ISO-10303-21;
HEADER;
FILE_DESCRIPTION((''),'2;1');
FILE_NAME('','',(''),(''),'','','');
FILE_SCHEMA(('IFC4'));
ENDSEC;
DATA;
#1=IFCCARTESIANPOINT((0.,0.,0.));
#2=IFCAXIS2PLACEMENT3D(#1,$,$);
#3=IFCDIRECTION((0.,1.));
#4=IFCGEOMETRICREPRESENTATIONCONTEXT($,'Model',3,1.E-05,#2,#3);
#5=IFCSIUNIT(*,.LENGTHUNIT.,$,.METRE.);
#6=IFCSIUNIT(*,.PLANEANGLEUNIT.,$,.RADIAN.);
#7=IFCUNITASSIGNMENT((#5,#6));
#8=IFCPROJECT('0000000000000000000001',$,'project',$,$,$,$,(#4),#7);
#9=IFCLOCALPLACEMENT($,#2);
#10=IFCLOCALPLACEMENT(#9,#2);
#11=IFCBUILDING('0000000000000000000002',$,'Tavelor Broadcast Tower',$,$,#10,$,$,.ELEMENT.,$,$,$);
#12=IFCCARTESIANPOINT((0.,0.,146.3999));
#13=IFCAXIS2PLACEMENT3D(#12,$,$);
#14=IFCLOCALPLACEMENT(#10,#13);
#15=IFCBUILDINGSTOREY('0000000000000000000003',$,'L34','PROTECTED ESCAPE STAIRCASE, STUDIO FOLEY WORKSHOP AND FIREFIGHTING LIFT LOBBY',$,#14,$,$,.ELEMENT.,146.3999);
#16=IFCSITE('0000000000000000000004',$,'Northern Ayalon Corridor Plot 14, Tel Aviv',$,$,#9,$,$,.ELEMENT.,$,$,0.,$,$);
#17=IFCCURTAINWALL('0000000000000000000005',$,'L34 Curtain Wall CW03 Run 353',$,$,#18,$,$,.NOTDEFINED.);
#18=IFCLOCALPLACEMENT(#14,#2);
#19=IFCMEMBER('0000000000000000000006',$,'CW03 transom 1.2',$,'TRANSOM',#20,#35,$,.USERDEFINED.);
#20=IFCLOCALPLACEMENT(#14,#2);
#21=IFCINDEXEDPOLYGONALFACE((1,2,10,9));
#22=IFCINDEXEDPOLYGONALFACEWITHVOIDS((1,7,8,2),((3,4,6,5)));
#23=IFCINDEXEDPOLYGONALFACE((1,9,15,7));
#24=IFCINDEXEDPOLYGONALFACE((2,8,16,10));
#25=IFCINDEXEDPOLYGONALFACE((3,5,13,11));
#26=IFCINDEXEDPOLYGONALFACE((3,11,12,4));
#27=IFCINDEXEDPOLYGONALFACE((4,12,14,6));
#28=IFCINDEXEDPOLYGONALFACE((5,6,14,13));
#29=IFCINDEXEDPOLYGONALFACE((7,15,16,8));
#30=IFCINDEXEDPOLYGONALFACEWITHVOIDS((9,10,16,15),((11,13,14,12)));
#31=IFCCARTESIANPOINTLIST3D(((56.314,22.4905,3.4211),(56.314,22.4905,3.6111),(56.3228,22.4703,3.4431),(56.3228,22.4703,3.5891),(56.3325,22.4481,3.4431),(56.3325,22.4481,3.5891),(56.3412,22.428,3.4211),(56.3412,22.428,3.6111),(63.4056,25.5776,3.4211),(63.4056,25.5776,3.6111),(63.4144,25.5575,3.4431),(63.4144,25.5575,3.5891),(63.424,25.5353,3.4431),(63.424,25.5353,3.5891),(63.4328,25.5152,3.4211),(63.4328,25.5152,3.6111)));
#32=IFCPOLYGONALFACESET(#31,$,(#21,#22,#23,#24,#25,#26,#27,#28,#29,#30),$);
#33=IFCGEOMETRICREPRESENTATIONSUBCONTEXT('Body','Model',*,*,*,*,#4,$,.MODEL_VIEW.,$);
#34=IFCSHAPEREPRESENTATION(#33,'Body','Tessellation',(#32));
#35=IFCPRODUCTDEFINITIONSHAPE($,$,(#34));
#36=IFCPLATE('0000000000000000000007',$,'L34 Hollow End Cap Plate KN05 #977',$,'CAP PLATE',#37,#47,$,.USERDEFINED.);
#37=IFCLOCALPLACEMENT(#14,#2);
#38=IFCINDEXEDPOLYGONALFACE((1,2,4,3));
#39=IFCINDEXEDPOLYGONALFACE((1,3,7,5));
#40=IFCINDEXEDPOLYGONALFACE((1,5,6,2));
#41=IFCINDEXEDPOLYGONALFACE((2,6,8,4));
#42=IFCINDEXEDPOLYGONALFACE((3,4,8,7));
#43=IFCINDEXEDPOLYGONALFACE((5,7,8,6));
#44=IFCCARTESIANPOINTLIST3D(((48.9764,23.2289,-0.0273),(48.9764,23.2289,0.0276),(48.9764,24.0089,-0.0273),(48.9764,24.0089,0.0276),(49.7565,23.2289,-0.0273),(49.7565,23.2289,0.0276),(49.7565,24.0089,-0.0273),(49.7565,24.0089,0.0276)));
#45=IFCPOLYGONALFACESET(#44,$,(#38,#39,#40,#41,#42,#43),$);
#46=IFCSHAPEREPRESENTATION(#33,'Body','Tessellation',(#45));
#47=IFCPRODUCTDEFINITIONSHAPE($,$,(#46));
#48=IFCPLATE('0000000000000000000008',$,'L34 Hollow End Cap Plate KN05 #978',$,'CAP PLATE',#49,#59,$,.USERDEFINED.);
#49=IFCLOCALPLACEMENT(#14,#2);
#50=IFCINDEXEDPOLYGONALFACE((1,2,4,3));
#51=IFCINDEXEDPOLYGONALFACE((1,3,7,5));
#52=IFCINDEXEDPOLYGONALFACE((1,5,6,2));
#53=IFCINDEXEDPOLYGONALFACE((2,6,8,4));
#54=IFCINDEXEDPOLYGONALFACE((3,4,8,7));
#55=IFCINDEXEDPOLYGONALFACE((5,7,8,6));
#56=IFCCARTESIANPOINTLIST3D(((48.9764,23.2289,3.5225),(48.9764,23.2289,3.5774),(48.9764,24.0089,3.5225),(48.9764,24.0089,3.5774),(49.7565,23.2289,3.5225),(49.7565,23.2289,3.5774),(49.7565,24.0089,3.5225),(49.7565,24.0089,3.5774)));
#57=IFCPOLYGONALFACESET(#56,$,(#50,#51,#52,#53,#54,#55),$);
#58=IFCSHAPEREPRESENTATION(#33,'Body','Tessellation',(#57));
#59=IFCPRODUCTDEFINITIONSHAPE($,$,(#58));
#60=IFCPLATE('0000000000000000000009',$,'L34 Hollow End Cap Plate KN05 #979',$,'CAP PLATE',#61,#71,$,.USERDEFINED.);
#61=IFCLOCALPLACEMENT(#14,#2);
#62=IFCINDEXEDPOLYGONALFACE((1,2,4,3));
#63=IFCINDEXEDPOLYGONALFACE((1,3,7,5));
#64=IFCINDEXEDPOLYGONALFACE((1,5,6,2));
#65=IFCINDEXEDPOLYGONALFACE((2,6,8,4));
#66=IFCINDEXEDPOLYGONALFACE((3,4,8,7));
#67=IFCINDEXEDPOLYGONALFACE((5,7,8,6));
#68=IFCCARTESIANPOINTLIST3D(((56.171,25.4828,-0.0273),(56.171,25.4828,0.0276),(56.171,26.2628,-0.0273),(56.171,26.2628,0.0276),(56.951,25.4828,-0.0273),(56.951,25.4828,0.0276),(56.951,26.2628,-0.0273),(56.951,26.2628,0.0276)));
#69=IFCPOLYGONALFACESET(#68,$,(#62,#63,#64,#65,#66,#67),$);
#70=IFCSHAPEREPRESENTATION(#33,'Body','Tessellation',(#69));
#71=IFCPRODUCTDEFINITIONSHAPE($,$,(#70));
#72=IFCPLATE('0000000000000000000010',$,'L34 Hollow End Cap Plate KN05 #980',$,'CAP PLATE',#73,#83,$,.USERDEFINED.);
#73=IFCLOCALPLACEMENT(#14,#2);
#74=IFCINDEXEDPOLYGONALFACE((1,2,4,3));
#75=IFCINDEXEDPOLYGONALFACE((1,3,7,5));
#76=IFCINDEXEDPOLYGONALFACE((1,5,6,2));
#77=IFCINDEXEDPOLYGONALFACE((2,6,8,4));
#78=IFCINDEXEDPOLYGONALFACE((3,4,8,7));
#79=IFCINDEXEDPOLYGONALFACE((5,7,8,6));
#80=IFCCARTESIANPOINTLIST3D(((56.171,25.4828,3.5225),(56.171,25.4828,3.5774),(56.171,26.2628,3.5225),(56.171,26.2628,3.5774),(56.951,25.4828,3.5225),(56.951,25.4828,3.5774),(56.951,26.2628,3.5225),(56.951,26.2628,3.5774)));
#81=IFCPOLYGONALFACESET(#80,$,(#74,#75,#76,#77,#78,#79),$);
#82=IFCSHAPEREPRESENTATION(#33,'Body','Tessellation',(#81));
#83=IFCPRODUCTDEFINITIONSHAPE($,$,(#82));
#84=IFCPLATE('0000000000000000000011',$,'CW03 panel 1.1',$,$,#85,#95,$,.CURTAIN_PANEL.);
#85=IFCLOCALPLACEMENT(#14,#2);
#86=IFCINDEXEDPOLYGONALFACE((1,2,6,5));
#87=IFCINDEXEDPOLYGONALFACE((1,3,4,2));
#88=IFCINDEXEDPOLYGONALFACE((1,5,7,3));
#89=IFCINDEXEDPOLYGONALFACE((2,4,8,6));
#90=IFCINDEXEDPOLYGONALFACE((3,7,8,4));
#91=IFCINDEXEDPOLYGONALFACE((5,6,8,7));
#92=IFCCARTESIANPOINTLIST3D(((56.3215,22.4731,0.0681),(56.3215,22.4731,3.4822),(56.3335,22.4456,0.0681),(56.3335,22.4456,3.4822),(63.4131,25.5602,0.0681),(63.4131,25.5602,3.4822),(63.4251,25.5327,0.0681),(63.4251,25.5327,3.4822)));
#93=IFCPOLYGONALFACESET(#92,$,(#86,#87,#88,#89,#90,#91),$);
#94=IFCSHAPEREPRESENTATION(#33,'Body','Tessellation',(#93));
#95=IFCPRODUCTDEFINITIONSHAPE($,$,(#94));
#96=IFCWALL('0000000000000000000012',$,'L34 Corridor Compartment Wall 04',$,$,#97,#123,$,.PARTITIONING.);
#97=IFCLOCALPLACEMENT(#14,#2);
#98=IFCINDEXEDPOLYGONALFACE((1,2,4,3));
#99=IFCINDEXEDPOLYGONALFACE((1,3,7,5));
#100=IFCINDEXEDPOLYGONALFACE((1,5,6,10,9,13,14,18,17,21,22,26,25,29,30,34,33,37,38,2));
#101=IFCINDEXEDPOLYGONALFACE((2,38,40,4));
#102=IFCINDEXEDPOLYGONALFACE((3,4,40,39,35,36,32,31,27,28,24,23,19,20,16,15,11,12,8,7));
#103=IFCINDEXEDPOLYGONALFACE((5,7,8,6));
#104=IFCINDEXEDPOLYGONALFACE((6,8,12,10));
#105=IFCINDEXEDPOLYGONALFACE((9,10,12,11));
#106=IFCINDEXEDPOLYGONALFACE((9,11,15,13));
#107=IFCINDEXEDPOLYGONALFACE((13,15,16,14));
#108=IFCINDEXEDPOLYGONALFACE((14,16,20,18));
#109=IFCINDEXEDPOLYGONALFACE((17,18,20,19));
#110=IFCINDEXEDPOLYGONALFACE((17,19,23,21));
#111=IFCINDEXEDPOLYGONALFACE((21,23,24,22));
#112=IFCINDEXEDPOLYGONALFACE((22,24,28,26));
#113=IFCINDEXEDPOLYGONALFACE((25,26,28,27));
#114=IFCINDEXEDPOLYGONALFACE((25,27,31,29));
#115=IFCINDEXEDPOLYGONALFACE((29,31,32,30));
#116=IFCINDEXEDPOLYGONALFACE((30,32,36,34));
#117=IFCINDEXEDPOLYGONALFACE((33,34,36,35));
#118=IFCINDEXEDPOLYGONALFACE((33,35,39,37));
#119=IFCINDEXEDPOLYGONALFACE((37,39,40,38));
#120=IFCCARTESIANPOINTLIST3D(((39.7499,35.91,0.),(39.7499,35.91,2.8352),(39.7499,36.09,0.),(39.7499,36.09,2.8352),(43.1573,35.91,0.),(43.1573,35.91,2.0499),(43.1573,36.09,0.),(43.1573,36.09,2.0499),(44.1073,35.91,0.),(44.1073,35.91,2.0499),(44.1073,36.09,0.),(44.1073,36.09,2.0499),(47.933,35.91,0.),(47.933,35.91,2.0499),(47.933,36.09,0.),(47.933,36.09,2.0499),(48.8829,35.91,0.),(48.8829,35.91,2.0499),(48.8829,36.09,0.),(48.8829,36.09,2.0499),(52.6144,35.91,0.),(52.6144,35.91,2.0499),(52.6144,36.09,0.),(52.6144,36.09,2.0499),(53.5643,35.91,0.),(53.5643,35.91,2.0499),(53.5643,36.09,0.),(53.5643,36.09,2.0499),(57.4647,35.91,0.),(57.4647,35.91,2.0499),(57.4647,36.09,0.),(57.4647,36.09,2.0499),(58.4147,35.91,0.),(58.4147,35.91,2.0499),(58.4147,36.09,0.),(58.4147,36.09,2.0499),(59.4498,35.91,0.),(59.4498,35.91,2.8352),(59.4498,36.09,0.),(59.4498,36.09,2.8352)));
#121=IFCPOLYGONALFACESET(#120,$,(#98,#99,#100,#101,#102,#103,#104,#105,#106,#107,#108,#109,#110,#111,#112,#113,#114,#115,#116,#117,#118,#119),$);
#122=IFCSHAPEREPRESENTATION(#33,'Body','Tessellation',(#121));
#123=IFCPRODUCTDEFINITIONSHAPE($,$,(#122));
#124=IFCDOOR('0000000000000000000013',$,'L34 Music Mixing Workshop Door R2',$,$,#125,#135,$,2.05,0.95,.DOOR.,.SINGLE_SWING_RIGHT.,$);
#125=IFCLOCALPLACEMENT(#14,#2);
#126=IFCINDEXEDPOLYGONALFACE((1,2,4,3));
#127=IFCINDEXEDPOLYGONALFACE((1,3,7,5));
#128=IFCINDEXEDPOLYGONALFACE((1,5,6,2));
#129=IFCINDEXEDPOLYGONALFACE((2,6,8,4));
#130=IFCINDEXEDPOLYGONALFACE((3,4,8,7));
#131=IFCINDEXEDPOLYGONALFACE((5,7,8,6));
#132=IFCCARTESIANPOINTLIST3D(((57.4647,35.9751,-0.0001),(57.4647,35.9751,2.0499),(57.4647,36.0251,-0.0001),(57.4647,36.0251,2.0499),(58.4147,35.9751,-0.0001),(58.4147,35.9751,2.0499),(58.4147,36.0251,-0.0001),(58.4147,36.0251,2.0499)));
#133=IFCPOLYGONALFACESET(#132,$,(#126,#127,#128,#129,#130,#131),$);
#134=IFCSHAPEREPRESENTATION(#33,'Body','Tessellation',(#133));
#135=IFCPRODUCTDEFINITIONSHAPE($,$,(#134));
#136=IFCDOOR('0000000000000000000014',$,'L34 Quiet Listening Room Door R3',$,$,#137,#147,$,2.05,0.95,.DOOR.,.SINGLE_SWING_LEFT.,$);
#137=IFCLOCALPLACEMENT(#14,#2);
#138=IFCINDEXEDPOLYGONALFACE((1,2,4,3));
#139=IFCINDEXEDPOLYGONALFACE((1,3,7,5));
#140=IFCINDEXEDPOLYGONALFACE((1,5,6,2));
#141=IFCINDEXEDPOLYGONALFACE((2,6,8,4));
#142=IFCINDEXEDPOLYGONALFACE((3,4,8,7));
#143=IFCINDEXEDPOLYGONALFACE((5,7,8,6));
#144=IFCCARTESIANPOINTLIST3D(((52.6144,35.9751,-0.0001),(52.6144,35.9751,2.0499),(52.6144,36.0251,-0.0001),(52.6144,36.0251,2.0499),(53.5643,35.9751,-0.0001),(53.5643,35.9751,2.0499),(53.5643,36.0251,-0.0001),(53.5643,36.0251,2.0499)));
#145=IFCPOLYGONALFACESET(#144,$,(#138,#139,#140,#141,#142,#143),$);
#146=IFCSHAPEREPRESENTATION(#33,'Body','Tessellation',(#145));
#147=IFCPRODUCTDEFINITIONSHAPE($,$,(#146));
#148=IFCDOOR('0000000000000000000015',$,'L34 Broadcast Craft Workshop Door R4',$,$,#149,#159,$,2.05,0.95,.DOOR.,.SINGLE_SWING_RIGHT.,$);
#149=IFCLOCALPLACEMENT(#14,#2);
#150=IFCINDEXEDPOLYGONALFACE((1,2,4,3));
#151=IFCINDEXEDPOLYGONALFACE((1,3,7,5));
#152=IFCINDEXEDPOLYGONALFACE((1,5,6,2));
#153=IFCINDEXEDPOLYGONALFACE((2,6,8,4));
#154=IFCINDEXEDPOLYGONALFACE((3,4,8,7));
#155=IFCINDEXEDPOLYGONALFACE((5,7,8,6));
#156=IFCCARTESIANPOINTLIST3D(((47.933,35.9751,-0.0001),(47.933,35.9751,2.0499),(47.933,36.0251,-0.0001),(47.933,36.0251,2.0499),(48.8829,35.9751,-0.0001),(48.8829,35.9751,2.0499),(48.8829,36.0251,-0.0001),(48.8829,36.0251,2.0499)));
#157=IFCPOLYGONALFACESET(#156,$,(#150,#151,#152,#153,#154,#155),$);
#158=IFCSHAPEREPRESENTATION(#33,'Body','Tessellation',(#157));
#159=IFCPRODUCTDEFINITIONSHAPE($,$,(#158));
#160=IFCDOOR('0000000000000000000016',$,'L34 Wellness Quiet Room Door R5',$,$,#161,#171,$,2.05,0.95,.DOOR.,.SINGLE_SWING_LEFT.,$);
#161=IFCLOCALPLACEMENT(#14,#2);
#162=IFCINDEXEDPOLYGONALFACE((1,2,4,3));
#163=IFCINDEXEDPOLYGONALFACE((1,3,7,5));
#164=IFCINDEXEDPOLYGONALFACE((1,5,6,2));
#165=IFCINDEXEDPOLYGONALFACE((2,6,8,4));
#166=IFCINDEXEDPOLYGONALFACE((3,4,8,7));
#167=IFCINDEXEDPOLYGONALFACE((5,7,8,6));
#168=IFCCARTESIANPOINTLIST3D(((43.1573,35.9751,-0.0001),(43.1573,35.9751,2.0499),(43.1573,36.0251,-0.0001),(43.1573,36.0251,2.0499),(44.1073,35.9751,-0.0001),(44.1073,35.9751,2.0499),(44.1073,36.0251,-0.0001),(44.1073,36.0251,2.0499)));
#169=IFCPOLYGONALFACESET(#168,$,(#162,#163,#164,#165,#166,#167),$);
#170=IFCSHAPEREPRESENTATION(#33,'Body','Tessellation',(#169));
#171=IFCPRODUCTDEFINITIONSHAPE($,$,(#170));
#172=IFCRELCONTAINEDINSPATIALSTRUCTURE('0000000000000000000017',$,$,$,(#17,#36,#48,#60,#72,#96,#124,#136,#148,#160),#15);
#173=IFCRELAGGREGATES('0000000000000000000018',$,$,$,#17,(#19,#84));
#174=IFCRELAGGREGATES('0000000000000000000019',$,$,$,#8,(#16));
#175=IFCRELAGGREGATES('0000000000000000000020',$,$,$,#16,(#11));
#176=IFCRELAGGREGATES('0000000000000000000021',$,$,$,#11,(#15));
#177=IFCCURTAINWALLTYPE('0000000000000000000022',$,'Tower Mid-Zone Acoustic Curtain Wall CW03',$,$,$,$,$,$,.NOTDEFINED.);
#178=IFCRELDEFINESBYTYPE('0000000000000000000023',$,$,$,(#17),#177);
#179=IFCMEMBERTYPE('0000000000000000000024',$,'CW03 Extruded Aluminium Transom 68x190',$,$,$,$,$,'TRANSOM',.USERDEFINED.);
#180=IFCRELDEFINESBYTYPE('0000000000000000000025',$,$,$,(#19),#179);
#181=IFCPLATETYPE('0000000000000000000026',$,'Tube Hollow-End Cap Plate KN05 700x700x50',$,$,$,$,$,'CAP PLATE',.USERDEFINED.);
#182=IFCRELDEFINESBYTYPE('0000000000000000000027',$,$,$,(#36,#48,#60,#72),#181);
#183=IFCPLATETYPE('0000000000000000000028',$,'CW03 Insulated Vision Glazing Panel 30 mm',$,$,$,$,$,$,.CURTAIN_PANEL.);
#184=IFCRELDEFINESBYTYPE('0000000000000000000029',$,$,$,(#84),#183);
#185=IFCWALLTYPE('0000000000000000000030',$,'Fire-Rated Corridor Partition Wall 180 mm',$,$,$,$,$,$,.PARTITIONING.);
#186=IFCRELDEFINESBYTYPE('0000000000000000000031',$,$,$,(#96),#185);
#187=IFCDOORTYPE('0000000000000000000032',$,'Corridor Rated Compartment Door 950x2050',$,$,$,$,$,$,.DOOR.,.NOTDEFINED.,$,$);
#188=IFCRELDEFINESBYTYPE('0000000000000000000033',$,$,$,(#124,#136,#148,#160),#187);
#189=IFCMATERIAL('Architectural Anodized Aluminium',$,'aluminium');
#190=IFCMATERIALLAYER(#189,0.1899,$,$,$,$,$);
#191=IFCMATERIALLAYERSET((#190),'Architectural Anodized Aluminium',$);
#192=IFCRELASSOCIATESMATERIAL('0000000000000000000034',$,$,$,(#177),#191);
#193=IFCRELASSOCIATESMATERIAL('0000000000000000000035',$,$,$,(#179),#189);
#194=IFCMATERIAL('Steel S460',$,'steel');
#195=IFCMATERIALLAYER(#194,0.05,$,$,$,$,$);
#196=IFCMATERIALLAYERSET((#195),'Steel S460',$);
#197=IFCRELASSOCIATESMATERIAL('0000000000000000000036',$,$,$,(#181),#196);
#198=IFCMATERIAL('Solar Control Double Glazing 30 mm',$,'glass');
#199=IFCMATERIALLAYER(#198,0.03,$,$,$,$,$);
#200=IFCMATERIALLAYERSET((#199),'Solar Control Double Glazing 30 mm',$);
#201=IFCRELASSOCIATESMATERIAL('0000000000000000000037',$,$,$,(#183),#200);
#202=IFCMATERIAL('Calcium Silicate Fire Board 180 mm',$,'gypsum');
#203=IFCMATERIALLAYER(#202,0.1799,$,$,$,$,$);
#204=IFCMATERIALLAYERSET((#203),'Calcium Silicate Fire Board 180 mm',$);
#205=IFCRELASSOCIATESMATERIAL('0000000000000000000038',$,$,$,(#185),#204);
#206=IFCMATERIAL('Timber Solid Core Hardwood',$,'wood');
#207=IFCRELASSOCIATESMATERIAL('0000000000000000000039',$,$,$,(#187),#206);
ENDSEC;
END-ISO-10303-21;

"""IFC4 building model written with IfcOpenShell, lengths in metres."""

from ifc_helpers import new_model, si_unit, direction, frame, frame_2d, origin, origin_2d, place, context, subcontext, project, spatial, rectangle, hollow_rectangle, extrude, source, transform, mapped, material, layer, layer_set, material_profile, profile_set, type_object, type_shapes, element, fill, aggregate, save


model = new_model("IFC4")

# Units and contexts
model_context = context("Model", 3, precision=1e-05, world=origin(), true_north=direction((0.0, 1.0)))
body_context = subcontext(model_context, "Body", "Model", "MODEL_VIEW")
ifc_project = project(units=[si_unit("LENGTHUNIT", "METRE"), si_unit("PLANEANGLEUNIT", "RADIAN")], contexts=[model_context])

# Site, building, storey
site_placement = place(None, origin())
site = spatial("IfcSite", under=ifc_project, at=site_placement, Name="Northern Ayalon Corridor Plot 14, Tel Aviv", CompositionType="ELEMENT", RefElevation=0.0)
building_placement = place(site_placement, origin())
building = spatial("IfcBuilding", under=site, at=building_placement, Name="Tavelor Broadcast Tower", CompositionType="ELEMENT")
storey_placement = place(building_placement, frame((0.0, 0.0, 146.3999)))
storey = spatial("IfcBuildingStorey", under=building, at=storey_placement, Name="L34", Description="PROTECTED ESCAPE STAIRCASE, STUDIO FOLEY WORKSHOP AND FIREFIGHTING LIFT LOBBY", CompositionType="ELEMENT", Elevation=146.3999)

# Shared definitions
ifc_material_1 = material(Name="Steel S460", Category="steel")

# Curtain wall, member
ifc_material_2 = material(Name="Architectural Anodized Aluminium", Category="aluminium")
ifc_layer_1 = layer(ifc_material_2, 0.1899)
ifc_layer_set_1 = layer_set([ifc_layer_1], Name="Architectural Anodized Aluminium")
curtain_wall_type = type_object("IfcCurtainWallType", Name="Tower Mid-Zone Acoustic Curtain Wall CW03", PredefinedType="NOTDEFINED", material=ifc_layer_set_1)
curtain_wall_placement = place(storey_placement, origin())
curtain_wall = element("IfcCurtainWall", 1, at=curtain_wall_placement, inside=storey, type_object=curtain_wall_type, Name="L34 Curtain Wall CW03 Run 353", PredefinedType="NOTDEFINED")
ifc_material_profile_1 = material_profile(ifc_material_2, hollow_rectangle(XDim=0.0681, YDim=0.1899, WallThickness=0.022, at=origin_2d()), Name="RHS 68x190x22")
ifc_profile_set_1 = profile_set([ifc_material_profile_1], Name="Architectural Anodized Aluminium")
member_type_1 = type_object("IfcMemberType", Name="CW03 Extruded Aluminium Transom 68x190", ElementType="TRANSOM", PredefinedType="USERDEFINED", material=ifc_profile_set_1)
shared_shape_1 = source(origin(), body_context, "Body", "SweptSolid", [
    extrude(hollow_rectangle(XDim=0.0681, YDim=0.1899, WallThickness=0.022, at=origin_2d()), origin(), (0.0, 0.0, 1.0), 7.7344),
])
type_shapes(member_type_1, [shared_shape_1])
member_1_placement = place(storey_placement, frame((56.3276, 22.4592, 3.5161), z_axis=(0.916887, 0.399147, 0.0), x_axis=(-0.399147, 0.916887, 0.0)))
member_1 = element("IfcMember", 2, at=member_1_placement, type_object=member_type_1, Name="CW03 transom 1.2", ObjectType="TRANSOM", PredefinedType="USERDEFINED", context=body_context, shape_type="MappedRepresentation", body=[
    mapped(shared_shape_1, transform((0.0, 0.0, 0.0), scale=1.0)),
])

# Plates
ifc_layer_2 = layer(ifc_material_1, 0.05)
ifc_layer_set_2 = layer_set([ifc_layer_2], Name="Steel S460")
plate_type_1 = type_object("IfcPlateType", Name="Tube Hollow-End Cap Plate KN05 700x700x50", ElementType="CAP PLATE", PredefinedType="USERDEFINED", material=ifc_layer_set_2)
shared_shape_2 = source(origin(), body_context, "Body", "SweptSolid", [
    extrude(rectangle(XDim=0.78, YDim=0.78, at=origin_2d()), origin(), (0.0, 0.0, 1.0), 0.0549),
])
type_shapes(plate_type_1, [shared_shape_2])
for number, where, z_axis, x_axis, name in (
    (3, (49.3665, 23.6189, -0.0273), (0.0, 0.0, 1.0), (1.0, 0.0, 0.0), "L34 Hollow End Cap Plate KN05 #977"),
    (4, (49.3665, 23.6189, 3.5225), (0.0, 0.0, 1.0), (1.0, 0.0, 0.0), "L34 Hollow End Cap Plate KN05 #978"),
    (5, (56.561, 25.8728, -0.0273), (0.0, 0.0, 1.0), (1.0, 0.0, 0.0), "L34 Hollow End Cap Plate KN05 #979"),
    (6, (56.561, 25.8728, 3.5225), (0.0, 0.0, 1.0), (1.0, 0.0, 0.0), "L34 Hollow End Cap Plate KN05 #980"),
):
    element("IfcPlate", number, at=place(storey_placement, frame(where, z_axis=z_axis, x_axis=x_axis)), inside=storey, type_object=plate_type_1, Name=name, ObjectType="CAP PLATE", PredefinedType="USERDEFINED", context=body_context, shape_type="MappedRepresentation", body=[
        mapped(shared_shape_2, transform((0.0, 0.0, 0.0), scale=1.0)),
    ])

# Plate
ifc_material_3 = material(Name="Solar Control Double Glazing 30 mm", Category="glass")
ifc_layer_3 = layer(ifc_material_3, 0.03)
ifc_layer_set_3 = layer_set([ifc_layer_3], Name="Solar Control Double Glazing 30 mm")
plate_type_2 = type_object("IfcPlateType", Name="CW03 Insulated Vision Glazing Panel 30 mm", PredefinedType="CURTAIN_PANEL", material=ifc_layer_set_3)
shared_shape_3 = source(origin(), body_context, "Body", "SweptSolid", [
    extrude(rectangle(XDim=7.7344, YDim=0.03, at=origin_2d()), origin(), (0.0, 0.0, 1.0), 3.4141),
])
type_shapes(plate_type_2, [shared_shape_3])
plate_placement = place(storey_placement, frame((59.8733, 24.0029, 0.0681), z_axis=(0.0, 0.0, 1.0), x_axis=(0.91689, 0.39914, 0.0)))
plate = element("IfcPlate", 7, at=plate_placement, type_object=plate_type_2, Name="CW03 panel 1.1", PredefinedType="CURTAIN_PANEL", context=body_context, shape_type="MappedRepresentation", body=[
    mapped(shared_shape_3, transform((0.0, 0.0, 0.0), scale=1.0)),
])
aggregate(curtain_wall, [member_1, plate])

# Wall, openings, doors
ifc_material_4 = material(Name="Calcium Silicate Fire Board 180 mm", Category="gypsum")
ifc_layer_4 = layer(ifc_material_4, 0.1799)
ifc_layer_set_4 = layer_set([ifc_layer_4], Name="Calcium Silicate Fire Board 180 mm")
wall_type_1 = type_object("IfcWallType", Name="Fire-Rated Corridor Partition Wall 180 mm", PredefinedType="PARTITIONING", material=ifc_layer_set_4)
wall_1_placement = place(storey_placement, frame((59.45, 36.0, 0.0), z_axis=(0.0, 0.0, 1.0), x_axis=(-1.0, 0.0, 0.0)))
wall_1 = element("IfcWall", 8, at=wall_1_placement, inside=storey, type_object=wall_type_1, Name="L34 Corridor Compartment Wall 04", PredefinedType="PARTITIONING", context=body_context, shape_type="SweptSolid", body=[
    extrude(rectangle(XDim=19.7, YDim=0.1799, at=frame_2d((9.8501, 0.0))), origin(), (0.0, 0.0, 1.0), 2.8352),
])
opening_1_placement = place(wall_1_placement, frame((1.0352, 0.0, 0.0)))
opening_1 = element("IfcOpeningElement", 9, at=opening_1_placement, cuts=wall_1, PredefinedType="OPENING", context=body_context, shape_type="SweptSolid", body=[
    extrude(rectangle(XDim=0.95, YDim=2.05, at=frame_2d((0.4751, 1.0249))), frame((0.0, 0.1001, 0.0), z_axis=(0.0, -1.0, 0.0), x_axis=(1.0, 0.0, 0.0)), (0.0, 0.0, 1.0), 0.2),
])
opening_2_placement = place(wall_1_placement, frame((5.8855, 0.0, 0.0)))
opening_2 = element("IfcOpeningElement", 10, at=opening_2_placement, cuts=wall_1, PredefinedType="OPENING", context=body_context, shape_type="SweptSolid", body=[
    extrude(rectangle(XDim=0.95, YDim=2.05, at=frame_2d((0.4751, 1.0249))), frame((0.0, 0.1001, 0.0), z_axis=(0.0, -1.0, 0.0), x_axis=(1.0, 0.0, 0.0)), (0.0, 0.0, 1.0), 0.2),
])
opening_3_placement = place(wall_1_placement, frame((10.5669, 0.0, 0.0)))
opening_3 = element("IfcOpeningElement", 11, at=opening_3_placement, cuts=wall_1, PredefinedType="OPENING", context=body_context, shape_type="SweptSolid", body=[
    extrude(rectangle(XDim=0.95, YDim=2.05, at=frame_2d((0.4751, 1.0249))), frame((0.0, 0.1001, 0.0), z_axis=(0.0, -1.0, 0.0), x_axis=(1.0, 0.0, 0.0)), (0.0, 0.0, 1.0), 0.2),
])
opening_4_placement = place(wall_1_placement, frame((15.3425, 0.0, 0.0)))
opening_4 = element("IfcOpeningElement", 12, at=opening_4_placement, cuts=wall_1, PredefinedType="OPENING", context=body_context, shape_type="SweptSolid", body=[
    extrude(rectangle(XDim=0.95, YDim=2.05, at=frame_2d((0.4751, 1.0249))), frame((0.0, 0.1001, 0.0), z_axis=(0.0, -1.0, 0.0), x_axis=(1.0, 0.0, 0.0)), (0.0, 0.0, 1.0), 0.2),
])
ifc_material_5 = material(Name="Timber Solid Core Hardwood", Category="wood")
door_type = type_object("IfcDoorType", Name="Corridor Rated Compartment Door 950x2050", OperationType="NOTDEFINED", PredefinedType="DOOR", material=ifc_material_5)
door_1_placement = place(opening_1_placement, origin())
door_1 = element("IfcDoor", 13, at=door_1_placement, inside=storey, type_object=door_type, Name="L34 Music Mixing Workshop Door R2", OperationType="SINGLE_SWING_RIGHT", OverallHeight=2.05, OverallWidth=0.95, PredefinedType="DOOR", context=body_context, shape_type="SweptSolid", body=[
    extrude(rectangle(XDim=0.95, YDim=2.05, at=frame_2d((0.4751, 1.0249))), frame((0.0, 0.0249, 0.0), z_axis=(0.0, -1.0, 0.0), x_axis=(1.0, 0.0, 0.0)), (0.0, 0.0, 1.0), 0.05),
])
fill(opening_1, door_1)
door_2_placement = place(opening_2_placement, origin())
door_2 = element("IfcDoor", 14, at=door_2_placement, inside=storey, type_object=door_type, Name="L34 Quiet Listening Room Door R3", OperationType="SINGLE_SWING_LEFT", OverallHeight=2.05, OverallWidth=0.95, PredefinedType="DOOR", context=body_context, shape_type="SweptSolid", body=[
    extrude(rectangle(XDim=0.95, YDim=2.05, at=frame_2d((0.4751, 1.0249))), frame((0.0, 0.0249, 0.0), z_axis=(0.0, -1.0, 0.0), x_axis=(1.0, 0.0, 0.0)), (0.0, 0.0, 1.0), 0.05),
])
fill(opening_2, door_2)
door_3_placement = place(opening_3_placement, origin())
door_3 = element("IfcDoor", 15, at=door_3_placement, inside=storey, type_object=door_type, Name="L34 Broadcast Craft Workshop Door R4", OperationType="SINGLE_SWING_RIGHT", OverallHeight=2.05, OverallWidth=0.95, PredefinedType="DOOR", context=body_context, shape_type="SweptSolid", body=[
    extrude(rectangle(XDim=0.95, YDim=2.05, at=frame_2d((0.4751, 1.0249))), frame((0.0, 0.0249, 0.0), z_axis=(0.0, -1.0, 0.0), x_axis=(1.0, 0.0, 0.0)), (0.0, 0.0, 1.0), 0.05),
])
fill(opening_3, door_3)
door_4_placement = place(opening_4_placement, origin())
door_4 = element("IfcDoor", 16, at=door_4_placement, inside=storey, type_object=door_type, Name="L34 Wellness Quiet Room Door R5", OperationType="SINGLE_SWING_LEFT", OverallHeight=2.05, OverallWidth=0.95, PredefinedType="DOOR", context=body_context, shape_type="SweptSolid", body=[
    extrude(rectangle(XDim=0.95, YDim=2.05, at=frame_2d((0.4751, 1.0249))), frame((0.0, 0.0249, 0.0), z_axis=(0.0, -1.0, 0.0), x_axis=(1.0, 0.0, 0.0)), (0.0, 0.0, 1.0), 0.05),
])
fill(opening_4, door_4)

save(model, "model.ifc")
